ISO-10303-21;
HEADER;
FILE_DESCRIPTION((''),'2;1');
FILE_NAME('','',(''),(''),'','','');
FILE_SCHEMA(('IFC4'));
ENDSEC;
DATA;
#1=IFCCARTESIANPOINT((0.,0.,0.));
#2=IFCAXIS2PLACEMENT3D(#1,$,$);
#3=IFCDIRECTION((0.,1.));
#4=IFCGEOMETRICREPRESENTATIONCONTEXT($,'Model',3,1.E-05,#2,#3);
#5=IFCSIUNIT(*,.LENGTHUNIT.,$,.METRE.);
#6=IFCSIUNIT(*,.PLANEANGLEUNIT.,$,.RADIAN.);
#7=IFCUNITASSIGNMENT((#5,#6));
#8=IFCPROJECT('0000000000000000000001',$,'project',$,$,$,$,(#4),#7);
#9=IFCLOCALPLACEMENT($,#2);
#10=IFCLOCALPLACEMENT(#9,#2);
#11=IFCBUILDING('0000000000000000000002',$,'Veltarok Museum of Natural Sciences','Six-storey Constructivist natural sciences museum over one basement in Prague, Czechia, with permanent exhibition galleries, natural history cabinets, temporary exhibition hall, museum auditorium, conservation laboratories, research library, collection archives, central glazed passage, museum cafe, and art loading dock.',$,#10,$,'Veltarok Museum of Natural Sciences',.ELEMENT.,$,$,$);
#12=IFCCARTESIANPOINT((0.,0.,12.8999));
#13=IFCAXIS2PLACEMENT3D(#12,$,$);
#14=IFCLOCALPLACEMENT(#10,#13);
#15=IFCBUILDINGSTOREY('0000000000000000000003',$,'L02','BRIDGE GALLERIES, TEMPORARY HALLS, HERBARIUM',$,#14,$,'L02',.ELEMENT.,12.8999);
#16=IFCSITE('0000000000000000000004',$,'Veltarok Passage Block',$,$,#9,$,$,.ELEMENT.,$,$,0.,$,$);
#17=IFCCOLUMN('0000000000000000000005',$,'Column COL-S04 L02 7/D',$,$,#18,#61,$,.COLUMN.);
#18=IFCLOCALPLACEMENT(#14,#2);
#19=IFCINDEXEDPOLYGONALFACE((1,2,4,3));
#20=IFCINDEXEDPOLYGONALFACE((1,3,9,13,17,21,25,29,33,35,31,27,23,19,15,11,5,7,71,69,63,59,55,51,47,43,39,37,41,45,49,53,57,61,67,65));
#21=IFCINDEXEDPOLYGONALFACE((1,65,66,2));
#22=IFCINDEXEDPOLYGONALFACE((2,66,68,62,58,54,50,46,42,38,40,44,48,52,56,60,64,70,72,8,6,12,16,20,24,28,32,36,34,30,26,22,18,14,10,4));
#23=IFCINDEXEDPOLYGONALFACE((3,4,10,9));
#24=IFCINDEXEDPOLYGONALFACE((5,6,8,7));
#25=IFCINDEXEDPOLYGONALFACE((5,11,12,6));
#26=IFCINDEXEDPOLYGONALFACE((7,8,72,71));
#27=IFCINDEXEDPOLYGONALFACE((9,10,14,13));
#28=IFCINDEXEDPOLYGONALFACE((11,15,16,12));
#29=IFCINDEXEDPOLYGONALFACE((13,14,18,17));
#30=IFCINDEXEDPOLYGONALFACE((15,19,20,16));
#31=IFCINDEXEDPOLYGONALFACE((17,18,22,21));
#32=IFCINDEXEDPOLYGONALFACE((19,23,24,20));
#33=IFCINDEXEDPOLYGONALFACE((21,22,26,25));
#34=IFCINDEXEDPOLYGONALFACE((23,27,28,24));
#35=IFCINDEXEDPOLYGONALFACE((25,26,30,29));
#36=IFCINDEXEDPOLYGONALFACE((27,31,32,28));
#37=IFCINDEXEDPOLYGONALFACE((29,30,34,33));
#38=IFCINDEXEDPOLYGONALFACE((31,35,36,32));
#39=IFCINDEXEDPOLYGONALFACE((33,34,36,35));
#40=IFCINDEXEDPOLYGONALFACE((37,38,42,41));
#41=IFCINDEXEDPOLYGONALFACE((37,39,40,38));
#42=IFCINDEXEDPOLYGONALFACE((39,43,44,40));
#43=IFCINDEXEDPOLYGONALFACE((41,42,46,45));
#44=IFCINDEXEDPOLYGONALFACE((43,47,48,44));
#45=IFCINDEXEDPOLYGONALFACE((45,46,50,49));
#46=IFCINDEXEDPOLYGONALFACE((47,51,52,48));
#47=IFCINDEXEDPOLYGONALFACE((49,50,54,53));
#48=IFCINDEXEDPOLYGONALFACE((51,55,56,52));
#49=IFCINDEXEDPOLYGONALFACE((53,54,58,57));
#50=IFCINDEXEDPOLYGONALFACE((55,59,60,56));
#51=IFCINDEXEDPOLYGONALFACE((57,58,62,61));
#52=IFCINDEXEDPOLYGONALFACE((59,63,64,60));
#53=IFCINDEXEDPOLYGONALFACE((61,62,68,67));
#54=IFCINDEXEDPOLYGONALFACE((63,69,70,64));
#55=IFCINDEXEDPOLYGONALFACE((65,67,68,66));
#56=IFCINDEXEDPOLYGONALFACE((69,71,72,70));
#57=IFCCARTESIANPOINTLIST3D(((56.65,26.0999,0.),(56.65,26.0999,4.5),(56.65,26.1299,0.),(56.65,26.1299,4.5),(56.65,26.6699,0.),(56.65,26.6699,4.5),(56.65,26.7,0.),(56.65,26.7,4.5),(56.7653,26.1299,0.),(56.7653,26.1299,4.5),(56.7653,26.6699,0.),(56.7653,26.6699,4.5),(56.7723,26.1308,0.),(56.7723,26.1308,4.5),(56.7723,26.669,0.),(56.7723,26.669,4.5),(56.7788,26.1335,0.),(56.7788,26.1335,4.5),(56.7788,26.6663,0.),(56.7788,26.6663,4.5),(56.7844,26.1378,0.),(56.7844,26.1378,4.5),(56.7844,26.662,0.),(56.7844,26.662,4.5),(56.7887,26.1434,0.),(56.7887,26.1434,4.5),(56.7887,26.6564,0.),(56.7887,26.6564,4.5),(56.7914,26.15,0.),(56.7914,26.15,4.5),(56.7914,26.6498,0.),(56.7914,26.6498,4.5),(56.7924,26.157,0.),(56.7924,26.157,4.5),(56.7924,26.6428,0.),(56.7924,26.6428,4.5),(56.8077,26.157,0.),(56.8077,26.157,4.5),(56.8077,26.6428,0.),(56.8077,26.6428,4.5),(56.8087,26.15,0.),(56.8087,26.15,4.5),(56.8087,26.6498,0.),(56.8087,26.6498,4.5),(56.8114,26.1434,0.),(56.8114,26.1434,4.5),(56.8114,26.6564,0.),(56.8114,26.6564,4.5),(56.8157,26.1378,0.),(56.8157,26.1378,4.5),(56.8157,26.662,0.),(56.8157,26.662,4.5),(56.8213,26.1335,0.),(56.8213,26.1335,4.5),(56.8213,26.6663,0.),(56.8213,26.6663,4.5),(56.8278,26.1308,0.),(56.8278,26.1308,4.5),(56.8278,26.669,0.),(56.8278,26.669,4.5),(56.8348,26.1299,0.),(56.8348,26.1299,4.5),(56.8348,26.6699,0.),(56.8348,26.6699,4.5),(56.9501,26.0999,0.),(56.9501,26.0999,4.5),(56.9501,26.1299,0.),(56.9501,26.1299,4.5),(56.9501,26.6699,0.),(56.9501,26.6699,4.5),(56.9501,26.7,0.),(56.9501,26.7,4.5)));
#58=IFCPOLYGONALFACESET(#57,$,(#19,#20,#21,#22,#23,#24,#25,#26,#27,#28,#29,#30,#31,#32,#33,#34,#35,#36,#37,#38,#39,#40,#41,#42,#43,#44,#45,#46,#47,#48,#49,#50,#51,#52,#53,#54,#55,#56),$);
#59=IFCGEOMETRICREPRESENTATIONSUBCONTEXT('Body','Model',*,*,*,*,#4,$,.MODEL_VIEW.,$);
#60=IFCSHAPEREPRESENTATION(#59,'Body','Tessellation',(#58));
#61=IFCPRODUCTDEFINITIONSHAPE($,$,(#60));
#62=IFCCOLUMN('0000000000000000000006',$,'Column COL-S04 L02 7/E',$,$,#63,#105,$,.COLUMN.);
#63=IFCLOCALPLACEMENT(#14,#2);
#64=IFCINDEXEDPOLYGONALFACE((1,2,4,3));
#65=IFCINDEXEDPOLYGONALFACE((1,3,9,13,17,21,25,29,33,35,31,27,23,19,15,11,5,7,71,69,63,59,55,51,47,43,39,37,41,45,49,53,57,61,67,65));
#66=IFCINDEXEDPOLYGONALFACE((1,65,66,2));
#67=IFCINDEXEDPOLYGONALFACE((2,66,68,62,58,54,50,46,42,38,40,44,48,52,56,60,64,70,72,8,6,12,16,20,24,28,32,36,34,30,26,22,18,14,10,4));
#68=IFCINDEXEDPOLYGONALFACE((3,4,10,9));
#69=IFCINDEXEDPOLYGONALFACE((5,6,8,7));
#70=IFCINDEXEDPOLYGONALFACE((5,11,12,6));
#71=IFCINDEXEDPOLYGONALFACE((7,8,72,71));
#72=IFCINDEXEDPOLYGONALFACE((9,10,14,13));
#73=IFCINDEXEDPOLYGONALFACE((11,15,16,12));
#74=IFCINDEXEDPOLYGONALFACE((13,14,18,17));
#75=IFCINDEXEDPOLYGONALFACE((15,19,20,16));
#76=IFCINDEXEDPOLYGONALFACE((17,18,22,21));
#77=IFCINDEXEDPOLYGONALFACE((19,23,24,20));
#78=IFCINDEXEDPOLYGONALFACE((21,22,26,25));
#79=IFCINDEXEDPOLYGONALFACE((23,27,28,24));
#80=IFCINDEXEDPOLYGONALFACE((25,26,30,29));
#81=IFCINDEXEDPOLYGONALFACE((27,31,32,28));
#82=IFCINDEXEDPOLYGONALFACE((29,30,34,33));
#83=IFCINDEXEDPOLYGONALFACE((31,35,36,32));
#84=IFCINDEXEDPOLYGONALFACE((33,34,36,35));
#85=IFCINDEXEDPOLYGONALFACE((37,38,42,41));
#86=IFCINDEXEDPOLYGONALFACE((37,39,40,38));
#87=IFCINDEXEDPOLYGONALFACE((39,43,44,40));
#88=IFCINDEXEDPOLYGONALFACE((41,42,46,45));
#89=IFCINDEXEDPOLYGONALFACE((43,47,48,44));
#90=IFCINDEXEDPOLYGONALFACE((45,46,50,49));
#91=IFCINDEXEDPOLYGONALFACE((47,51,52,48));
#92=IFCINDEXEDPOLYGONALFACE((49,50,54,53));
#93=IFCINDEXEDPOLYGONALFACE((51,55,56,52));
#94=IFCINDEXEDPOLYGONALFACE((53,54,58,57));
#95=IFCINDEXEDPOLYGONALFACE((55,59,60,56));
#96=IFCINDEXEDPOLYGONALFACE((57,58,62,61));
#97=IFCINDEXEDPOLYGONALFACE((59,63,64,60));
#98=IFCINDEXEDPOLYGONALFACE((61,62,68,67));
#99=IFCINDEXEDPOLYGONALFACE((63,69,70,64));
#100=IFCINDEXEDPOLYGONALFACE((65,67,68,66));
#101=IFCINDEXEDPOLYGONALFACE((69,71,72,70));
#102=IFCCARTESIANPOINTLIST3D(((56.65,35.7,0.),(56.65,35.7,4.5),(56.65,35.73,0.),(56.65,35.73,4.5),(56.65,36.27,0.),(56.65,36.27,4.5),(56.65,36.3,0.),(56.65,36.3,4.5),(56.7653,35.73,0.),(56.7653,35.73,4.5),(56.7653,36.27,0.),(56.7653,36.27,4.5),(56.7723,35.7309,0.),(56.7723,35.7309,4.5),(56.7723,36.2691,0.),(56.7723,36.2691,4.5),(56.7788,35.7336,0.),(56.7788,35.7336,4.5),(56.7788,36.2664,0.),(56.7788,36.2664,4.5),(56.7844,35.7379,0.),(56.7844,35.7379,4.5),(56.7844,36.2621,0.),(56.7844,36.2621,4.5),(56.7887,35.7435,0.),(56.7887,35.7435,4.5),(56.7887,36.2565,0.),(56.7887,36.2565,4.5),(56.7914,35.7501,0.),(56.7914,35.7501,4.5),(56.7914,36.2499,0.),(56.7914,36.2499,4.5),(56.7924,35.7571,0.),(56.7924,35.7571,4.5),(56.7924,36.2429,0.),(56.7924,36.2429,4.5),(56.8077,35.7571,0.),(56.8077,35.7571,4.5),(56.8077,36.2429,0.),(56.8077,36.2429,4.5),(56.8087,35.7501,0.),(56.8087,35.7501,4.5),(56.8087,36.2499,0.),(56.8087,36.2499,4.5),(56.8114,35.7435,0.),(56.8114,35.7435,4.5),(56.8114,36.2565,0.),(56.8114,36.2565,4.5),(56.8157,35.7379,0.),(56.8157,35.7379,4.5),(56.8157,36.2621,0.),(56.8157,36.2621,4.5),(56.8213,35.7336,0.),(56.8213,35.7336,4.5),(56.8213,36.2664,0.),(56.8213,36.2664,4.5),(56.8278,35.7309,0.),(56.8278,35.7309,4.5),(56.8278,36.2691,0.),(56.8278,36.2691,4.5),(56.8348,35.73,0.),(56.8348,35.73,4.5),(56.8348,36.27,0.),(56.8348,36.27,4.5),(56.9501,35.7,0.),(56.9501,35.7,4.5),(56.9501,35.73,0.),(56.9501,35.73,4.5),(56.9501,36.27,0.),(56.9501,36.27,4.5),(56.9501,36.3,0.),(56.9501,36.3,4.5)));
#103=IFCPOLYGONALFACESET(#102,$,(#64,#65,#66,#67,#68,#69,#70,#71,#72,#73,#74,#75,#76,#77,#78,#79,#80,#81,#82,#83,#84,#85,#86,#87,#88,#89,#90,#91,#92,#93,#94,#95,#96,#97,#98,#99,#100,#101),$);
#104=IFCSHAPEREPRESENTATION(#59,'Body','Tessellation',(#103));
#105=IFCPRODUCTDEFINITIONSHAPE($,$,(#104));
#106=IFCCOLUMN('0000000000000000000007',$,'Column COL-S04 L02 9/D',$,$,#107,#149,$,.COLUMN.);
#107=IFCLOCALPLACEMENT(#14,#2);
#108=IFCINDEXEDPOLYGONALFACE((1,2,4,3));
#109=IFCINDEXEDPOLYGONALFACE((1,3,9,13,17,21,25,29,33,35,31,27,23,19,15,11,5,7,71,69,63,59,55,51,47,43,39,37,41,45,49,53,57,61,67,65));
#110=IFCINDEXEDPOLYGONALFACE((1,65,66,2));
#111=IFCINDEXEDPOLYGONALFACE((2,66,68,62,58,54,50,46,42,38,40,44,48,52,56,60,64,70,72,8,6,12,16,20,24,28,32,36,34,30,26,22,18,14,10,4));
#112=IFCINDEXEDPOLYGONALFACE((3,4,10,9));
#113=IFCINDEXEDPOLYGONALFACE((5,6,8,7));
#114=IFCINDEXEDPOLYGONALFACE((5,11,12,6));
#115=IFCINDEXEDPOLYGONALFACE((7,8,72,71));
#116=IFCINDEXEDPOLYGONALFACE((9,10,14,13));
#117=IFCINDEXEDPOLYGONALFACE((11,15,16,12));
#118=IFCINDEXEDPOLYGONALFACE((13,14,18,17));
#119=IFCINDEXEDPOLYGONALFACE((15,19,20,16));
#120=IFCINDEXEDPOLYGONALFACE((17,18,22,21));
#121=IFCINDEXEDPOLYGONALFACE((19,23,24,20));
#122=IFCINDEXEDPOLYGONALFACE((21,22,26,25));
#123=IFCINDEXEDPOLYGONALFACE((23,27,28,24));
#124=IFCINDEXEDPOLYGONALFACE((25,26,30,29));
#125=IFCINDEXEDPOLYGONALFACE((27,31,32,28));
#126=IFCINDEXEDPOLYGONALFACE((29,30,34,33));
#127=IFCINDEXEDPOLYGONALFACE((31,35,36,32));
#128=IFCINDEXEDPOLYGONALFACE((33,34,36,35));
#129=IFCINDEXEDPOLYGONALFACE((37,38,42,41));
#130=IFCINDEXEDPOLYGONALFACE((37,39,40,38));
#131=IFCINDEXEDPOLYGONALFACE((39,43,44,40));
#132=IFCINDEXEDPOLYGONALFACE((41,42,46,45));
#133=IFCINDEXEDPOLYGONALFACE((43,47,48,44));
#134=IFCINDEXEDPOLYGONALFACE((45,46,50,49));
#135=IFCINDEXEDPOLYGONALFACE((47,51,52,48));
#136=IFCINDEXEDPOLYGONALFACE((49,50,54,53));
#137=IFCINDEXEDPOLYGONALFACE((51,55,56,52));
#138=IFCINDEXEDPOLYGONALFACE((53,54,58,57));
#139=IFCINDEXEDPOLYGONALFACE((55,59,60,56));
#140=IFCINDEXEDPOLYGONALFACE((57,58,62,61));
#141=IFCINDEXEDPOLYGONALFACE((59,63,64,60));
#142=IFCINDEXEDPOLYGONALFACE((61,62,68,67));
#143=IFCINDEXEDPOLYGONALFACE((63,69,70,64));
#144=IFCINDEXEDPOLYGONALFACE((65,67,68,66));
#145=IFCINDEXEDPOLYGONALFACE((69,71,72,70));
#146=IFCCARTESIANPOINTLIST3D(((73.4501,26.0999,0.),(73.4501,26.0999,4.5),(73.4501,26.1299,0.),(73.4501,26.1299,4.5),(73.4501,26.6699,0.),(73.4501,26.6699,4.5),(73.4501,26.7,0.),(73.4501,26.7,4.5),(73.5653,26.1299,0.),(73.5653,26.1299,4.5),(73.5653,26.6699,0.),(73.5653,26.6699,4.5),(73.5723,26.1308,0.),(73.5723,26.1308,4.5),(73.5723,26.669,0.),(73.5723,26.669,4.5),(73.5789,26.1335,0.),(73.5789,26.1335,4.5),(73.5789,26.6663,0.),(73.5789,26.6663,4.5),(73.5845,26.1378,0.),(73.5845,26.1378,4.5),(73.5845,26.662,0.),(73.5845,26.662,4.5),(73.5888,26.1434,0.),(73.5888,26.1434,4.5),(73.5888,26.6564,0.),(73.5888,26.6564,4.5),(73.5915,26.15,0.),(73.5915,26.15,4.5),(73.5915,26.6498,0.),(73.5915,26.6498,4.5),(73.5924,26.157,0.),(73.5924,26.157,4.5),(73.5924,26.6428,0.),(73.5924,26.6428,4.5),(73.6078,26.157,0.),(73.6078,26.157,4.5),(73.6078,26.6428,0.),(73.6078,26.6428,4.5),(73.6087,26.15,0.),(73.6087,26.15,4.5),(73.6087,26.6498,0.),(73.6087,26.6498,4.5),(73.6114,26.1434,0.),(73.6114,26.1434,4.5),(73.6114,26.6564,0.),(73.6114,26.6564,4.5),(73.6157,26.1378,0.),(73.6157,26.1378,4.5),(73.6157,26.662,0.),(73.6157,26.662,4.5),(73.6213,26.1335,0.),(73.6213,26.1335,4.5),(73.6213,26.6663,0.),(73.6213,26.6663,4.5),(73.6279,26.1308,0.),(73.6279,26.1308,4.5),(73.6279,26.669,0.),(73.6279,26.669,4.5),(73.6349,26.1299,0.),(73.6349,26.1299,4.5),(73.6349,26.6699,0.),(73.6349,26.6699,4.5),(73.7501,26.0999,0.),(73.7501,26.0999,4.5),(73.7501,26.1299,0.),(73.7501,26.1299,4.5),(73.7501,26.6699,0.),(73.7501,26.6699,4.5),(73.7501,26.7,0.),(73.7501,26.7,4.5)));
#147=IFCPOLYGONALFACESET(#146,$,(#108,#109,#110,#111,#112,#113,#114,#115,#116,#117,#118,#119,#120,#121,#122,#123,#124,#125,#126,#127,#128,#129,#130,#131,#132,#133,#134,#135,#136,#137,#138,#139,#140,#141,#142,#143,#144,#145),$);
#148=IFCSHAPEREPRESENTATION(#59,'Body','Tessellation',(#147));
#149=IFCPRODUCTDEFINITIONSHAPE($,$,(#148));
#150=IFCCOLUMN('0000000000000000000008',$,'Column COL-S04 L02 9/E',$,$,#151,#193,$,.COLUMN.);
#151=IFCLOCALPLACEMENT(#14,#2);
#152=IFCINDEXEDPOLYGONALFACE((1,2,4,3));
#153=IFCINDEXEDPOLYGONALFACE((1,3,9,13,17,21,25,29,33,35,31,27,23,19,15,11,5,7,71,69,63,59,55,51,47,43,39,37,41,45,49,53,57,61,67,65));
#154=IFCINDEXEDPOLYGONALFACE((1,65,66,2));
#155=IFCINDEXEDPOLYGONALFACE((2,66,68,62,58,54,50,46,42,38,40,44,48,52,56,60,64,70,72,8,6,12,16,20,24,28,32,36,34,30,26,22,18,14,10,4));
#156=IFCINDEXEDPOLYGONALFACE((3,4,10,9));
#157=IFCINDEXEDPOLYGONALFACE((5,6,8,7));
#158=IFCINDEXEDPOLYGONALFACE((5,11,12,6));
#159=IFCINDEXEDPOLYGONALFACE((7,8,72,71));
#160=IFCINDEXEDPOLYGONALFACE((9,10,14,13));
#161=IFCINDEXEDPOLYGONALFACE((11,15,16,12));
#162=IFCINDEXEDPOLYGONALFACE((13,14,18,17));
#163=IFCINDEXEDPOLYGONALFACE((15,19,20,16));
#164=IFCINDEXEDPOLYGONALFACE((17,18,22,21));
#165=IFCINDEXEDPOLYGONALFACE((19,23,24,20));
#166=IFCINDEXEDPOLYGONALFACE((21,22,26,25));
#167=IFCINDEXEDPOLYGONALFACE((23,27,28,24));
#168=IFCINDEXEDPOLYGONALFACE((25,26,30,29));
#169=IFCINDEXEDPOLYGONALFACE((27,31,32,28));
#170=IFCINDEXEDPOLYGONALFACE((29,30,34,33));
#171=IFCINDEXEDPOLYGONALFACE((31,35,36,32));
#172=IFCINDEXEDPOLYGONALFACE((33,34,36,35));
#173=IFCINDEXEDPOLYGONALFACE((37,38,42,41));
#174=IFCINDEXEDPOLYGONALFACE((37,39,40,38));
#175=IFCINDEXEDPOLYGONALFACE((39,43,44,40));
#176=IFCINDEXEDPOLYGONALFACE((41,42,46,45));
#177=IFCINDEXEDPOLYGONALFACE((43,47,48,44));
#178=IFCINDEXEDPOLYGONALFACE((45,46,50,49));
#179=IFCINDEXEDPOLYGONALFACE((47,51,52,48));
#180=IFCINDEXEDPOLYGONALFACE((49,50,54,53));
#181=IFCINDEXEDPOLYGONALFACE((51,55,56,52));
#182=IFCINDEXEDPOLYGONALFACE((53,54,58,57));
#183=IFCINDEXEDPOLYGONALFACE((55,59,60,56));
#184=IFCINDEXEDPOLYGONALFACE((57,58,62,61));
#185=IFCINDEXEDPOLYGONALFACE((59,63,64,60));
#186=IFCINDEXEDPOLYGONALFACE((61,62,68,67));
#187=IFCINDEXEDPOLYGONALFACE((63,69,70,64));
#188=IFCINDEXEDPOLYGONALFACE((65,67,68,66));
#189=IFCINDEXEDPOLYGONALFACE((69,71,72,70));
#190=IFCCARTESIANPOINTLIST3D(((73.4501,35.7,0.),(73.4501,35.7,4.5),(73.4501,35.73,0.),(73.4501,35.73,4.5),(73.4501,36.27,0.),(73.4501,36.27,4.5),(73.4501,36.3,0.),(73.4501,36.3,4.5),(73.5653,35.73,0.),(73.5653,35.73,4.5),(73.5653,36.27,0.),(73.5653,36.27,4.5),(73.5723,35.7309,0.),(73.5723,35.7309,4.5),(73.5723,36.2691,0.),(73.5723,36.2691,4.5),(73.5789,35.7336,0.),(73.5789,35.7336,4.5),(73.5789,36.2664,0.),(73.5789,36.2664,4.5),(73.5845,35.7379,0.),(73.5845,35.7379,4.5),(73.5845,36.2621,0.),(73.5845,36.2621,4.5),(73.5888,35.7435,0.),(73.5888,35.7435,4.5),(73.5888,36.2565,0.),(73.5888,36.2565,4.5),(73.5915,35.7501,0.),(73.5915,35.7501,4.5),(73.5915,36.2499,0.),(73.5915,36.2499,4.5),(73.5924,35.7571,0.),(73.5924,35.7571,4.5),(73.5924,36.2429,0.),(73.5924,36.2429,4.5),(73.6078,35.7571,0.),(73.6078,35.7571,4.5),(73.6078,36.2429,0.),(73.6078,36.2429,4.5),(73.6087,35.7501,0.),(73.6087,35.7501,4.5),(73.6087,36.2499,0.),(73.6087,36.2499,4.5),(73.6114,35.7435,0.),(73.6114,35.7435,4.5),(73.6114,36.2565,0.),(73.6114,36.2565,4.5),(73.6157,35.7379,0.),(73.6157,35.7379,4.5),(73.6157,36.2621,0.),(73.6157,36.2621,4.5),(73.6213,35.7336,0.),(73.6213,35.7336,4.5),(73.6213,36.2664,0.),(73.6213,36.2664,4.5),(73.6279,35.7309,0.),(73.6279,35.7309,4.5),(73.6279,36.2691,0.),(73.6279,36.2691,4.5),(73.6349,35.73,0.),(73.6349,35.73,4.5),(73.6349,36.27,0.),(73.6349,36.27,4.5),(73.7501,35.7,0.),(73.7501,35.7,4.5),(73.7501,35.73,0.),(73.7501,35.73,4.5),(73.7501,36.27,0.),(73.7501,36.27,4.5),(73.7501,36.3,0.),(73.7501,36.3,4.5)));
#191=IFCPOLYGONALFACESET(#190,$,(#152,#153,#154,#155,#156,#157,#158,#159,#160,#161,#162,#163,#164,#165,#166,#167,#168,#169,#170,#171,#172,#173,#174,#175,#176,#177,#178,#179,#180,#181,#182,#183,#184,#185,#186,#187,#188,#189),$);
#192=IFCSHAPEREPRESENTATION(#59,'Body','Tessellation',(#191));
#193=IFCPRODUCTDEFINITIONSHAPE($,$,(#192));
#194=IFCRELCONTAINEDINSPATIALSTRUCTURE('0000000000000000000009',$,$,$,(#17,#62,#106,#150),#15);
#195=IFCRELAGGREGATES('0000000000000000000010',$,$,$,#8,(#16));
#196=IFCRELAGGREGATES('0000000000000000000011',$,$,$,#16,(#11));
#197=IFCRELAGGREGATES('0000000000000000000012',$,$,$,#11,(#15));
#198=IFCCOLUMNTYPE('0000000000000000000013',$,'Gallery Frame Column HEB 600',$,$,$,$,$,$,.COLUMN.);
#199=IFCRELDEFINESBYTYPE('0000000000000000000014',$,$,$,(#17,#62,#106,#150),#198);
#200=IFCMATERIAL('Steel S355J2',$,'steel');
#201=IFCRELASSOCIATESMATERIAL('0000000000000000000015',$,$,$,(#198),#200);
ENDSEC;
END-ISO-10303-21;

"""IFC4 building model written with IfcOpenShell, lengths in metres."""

from ifc_helpers import new_model, si_unit, direction, frame, origin, origin_2d, place, context, subcontext, project, spatial, i_section, extrude, material, material_profile, profile_set, type_object, element, save


model = new_model("IFC4")

# Units and contexts
model_context = context("Model", 3, precision=1e-05, world=origin(), true_north=direction((0.0, 1.0)))
body_context = subcontext(model_context, "Body", "Model", "MODEL_VIEW")
ifc_project = project(units=[si_unit("LENGTHUNIT", "METRE"), si_unit("PLANEANGLEUNIT", "RADIAN")], contexts=[model_context])

# Site, building, storey
site_placement = place(None, origin())
site = spatial("IfcSite", under=ifc_project, at=site_placement, Name="Veltarok Passage Block", CompositionType="ELEMENT", RefElevation=0.0)
building_placement = place(site_placement, origin())
building = spatial("IfcBuilding", under=site, at=building_placement, Name="Veltarok Museum of Natural Sciences", Description="Six-storey Constructivist natural sciences museum over one basement in Prague, Czechia, with permanent exhibition galleries, natural history cabinets, temporary exhibition hall, museum auditorium, conservation laboratories, research library, collection archives, central glazed passage, museum cafe, and art loading dock.", LongName="Veltarok Museum of Natural Sciences", CompositionType="ELEMENT")
storey_placement = place(building_placement, frame((0.0, 0.0, 12.8999)))
storey = spatial("IfcBuildingStorey", under=building, at=storey_placement, Name="L02", Description="BRIDGE GALLERIES, TEMPORARY HALLS, HERBARIUM", LongName="L02", CompositionType="ELEMENT", Elevation=12.8999)

# Columns
ifc_material_1 = material(Name="Steel S355J2", Category="steel")
ifc_material_profile_1 = material_profile(ifc_material_1, i_section(OverallWidth=0.3, OverallDepth=0.6001, WebThickness=0.0154, FlangeThickness=0.03, FilletRadius=0.0271, at=origin_2d()), Name="HEB 600")
ifc_profile_set_1 = profile_set([ifc_material_profile_1], Name="Steel S355J2")
column_type_1 = type_object("IfcColumnType", Name="Gallery Frame Column HEB 600", PredefinedType="COLUMN", material=ifc_profile_set_1)
for number, where, z_axis, x_axis, name in (
    (1, (56.8, 26.3999, 0.0), (0.0, 0.0, 1.0), (1.0, 0.0, 0.0), "Column COL-S04 L02 7/D"),
    (2, (56.8, 36.0, 0.0), (0.0, 0.0, 1.0), (1.0, 0.0, 0.0), "Column COL-S04 L02 7/E"),
    (3, (73.6001, 26.3999, 0.0), (0.0, 0.0, 1.0), (1.0, 0.0, 0.0), "Column COL-S04 L02 9/D"),
    (4, (73.6001, 36.0, 0.0), (0.0, 0.0, 1.0), (1.0, 0.0, 0.0), "Column COL-S04 L02 9/E"),
):
    element("IfcColumn", number, at=place(storey_placement, frame(where, z_axis=z_axis, x_axis=x_axis)), inside=storey, type_object=column_type_1, Name=name, PredefinedType="COLUMN", context=body_context, shape_type="SweptSolid", body=[
        extrude(i_section(OverallWidth=0.3, OverallDepth=0.6001, WebThickness=0.0154, FlangeThickness=0.03, FilletRadius=0.0271, at=origin_2d()), origin(), (0.0, 0.0, 1.0), 4.5),
    ])

save(model, "model.ifc")
